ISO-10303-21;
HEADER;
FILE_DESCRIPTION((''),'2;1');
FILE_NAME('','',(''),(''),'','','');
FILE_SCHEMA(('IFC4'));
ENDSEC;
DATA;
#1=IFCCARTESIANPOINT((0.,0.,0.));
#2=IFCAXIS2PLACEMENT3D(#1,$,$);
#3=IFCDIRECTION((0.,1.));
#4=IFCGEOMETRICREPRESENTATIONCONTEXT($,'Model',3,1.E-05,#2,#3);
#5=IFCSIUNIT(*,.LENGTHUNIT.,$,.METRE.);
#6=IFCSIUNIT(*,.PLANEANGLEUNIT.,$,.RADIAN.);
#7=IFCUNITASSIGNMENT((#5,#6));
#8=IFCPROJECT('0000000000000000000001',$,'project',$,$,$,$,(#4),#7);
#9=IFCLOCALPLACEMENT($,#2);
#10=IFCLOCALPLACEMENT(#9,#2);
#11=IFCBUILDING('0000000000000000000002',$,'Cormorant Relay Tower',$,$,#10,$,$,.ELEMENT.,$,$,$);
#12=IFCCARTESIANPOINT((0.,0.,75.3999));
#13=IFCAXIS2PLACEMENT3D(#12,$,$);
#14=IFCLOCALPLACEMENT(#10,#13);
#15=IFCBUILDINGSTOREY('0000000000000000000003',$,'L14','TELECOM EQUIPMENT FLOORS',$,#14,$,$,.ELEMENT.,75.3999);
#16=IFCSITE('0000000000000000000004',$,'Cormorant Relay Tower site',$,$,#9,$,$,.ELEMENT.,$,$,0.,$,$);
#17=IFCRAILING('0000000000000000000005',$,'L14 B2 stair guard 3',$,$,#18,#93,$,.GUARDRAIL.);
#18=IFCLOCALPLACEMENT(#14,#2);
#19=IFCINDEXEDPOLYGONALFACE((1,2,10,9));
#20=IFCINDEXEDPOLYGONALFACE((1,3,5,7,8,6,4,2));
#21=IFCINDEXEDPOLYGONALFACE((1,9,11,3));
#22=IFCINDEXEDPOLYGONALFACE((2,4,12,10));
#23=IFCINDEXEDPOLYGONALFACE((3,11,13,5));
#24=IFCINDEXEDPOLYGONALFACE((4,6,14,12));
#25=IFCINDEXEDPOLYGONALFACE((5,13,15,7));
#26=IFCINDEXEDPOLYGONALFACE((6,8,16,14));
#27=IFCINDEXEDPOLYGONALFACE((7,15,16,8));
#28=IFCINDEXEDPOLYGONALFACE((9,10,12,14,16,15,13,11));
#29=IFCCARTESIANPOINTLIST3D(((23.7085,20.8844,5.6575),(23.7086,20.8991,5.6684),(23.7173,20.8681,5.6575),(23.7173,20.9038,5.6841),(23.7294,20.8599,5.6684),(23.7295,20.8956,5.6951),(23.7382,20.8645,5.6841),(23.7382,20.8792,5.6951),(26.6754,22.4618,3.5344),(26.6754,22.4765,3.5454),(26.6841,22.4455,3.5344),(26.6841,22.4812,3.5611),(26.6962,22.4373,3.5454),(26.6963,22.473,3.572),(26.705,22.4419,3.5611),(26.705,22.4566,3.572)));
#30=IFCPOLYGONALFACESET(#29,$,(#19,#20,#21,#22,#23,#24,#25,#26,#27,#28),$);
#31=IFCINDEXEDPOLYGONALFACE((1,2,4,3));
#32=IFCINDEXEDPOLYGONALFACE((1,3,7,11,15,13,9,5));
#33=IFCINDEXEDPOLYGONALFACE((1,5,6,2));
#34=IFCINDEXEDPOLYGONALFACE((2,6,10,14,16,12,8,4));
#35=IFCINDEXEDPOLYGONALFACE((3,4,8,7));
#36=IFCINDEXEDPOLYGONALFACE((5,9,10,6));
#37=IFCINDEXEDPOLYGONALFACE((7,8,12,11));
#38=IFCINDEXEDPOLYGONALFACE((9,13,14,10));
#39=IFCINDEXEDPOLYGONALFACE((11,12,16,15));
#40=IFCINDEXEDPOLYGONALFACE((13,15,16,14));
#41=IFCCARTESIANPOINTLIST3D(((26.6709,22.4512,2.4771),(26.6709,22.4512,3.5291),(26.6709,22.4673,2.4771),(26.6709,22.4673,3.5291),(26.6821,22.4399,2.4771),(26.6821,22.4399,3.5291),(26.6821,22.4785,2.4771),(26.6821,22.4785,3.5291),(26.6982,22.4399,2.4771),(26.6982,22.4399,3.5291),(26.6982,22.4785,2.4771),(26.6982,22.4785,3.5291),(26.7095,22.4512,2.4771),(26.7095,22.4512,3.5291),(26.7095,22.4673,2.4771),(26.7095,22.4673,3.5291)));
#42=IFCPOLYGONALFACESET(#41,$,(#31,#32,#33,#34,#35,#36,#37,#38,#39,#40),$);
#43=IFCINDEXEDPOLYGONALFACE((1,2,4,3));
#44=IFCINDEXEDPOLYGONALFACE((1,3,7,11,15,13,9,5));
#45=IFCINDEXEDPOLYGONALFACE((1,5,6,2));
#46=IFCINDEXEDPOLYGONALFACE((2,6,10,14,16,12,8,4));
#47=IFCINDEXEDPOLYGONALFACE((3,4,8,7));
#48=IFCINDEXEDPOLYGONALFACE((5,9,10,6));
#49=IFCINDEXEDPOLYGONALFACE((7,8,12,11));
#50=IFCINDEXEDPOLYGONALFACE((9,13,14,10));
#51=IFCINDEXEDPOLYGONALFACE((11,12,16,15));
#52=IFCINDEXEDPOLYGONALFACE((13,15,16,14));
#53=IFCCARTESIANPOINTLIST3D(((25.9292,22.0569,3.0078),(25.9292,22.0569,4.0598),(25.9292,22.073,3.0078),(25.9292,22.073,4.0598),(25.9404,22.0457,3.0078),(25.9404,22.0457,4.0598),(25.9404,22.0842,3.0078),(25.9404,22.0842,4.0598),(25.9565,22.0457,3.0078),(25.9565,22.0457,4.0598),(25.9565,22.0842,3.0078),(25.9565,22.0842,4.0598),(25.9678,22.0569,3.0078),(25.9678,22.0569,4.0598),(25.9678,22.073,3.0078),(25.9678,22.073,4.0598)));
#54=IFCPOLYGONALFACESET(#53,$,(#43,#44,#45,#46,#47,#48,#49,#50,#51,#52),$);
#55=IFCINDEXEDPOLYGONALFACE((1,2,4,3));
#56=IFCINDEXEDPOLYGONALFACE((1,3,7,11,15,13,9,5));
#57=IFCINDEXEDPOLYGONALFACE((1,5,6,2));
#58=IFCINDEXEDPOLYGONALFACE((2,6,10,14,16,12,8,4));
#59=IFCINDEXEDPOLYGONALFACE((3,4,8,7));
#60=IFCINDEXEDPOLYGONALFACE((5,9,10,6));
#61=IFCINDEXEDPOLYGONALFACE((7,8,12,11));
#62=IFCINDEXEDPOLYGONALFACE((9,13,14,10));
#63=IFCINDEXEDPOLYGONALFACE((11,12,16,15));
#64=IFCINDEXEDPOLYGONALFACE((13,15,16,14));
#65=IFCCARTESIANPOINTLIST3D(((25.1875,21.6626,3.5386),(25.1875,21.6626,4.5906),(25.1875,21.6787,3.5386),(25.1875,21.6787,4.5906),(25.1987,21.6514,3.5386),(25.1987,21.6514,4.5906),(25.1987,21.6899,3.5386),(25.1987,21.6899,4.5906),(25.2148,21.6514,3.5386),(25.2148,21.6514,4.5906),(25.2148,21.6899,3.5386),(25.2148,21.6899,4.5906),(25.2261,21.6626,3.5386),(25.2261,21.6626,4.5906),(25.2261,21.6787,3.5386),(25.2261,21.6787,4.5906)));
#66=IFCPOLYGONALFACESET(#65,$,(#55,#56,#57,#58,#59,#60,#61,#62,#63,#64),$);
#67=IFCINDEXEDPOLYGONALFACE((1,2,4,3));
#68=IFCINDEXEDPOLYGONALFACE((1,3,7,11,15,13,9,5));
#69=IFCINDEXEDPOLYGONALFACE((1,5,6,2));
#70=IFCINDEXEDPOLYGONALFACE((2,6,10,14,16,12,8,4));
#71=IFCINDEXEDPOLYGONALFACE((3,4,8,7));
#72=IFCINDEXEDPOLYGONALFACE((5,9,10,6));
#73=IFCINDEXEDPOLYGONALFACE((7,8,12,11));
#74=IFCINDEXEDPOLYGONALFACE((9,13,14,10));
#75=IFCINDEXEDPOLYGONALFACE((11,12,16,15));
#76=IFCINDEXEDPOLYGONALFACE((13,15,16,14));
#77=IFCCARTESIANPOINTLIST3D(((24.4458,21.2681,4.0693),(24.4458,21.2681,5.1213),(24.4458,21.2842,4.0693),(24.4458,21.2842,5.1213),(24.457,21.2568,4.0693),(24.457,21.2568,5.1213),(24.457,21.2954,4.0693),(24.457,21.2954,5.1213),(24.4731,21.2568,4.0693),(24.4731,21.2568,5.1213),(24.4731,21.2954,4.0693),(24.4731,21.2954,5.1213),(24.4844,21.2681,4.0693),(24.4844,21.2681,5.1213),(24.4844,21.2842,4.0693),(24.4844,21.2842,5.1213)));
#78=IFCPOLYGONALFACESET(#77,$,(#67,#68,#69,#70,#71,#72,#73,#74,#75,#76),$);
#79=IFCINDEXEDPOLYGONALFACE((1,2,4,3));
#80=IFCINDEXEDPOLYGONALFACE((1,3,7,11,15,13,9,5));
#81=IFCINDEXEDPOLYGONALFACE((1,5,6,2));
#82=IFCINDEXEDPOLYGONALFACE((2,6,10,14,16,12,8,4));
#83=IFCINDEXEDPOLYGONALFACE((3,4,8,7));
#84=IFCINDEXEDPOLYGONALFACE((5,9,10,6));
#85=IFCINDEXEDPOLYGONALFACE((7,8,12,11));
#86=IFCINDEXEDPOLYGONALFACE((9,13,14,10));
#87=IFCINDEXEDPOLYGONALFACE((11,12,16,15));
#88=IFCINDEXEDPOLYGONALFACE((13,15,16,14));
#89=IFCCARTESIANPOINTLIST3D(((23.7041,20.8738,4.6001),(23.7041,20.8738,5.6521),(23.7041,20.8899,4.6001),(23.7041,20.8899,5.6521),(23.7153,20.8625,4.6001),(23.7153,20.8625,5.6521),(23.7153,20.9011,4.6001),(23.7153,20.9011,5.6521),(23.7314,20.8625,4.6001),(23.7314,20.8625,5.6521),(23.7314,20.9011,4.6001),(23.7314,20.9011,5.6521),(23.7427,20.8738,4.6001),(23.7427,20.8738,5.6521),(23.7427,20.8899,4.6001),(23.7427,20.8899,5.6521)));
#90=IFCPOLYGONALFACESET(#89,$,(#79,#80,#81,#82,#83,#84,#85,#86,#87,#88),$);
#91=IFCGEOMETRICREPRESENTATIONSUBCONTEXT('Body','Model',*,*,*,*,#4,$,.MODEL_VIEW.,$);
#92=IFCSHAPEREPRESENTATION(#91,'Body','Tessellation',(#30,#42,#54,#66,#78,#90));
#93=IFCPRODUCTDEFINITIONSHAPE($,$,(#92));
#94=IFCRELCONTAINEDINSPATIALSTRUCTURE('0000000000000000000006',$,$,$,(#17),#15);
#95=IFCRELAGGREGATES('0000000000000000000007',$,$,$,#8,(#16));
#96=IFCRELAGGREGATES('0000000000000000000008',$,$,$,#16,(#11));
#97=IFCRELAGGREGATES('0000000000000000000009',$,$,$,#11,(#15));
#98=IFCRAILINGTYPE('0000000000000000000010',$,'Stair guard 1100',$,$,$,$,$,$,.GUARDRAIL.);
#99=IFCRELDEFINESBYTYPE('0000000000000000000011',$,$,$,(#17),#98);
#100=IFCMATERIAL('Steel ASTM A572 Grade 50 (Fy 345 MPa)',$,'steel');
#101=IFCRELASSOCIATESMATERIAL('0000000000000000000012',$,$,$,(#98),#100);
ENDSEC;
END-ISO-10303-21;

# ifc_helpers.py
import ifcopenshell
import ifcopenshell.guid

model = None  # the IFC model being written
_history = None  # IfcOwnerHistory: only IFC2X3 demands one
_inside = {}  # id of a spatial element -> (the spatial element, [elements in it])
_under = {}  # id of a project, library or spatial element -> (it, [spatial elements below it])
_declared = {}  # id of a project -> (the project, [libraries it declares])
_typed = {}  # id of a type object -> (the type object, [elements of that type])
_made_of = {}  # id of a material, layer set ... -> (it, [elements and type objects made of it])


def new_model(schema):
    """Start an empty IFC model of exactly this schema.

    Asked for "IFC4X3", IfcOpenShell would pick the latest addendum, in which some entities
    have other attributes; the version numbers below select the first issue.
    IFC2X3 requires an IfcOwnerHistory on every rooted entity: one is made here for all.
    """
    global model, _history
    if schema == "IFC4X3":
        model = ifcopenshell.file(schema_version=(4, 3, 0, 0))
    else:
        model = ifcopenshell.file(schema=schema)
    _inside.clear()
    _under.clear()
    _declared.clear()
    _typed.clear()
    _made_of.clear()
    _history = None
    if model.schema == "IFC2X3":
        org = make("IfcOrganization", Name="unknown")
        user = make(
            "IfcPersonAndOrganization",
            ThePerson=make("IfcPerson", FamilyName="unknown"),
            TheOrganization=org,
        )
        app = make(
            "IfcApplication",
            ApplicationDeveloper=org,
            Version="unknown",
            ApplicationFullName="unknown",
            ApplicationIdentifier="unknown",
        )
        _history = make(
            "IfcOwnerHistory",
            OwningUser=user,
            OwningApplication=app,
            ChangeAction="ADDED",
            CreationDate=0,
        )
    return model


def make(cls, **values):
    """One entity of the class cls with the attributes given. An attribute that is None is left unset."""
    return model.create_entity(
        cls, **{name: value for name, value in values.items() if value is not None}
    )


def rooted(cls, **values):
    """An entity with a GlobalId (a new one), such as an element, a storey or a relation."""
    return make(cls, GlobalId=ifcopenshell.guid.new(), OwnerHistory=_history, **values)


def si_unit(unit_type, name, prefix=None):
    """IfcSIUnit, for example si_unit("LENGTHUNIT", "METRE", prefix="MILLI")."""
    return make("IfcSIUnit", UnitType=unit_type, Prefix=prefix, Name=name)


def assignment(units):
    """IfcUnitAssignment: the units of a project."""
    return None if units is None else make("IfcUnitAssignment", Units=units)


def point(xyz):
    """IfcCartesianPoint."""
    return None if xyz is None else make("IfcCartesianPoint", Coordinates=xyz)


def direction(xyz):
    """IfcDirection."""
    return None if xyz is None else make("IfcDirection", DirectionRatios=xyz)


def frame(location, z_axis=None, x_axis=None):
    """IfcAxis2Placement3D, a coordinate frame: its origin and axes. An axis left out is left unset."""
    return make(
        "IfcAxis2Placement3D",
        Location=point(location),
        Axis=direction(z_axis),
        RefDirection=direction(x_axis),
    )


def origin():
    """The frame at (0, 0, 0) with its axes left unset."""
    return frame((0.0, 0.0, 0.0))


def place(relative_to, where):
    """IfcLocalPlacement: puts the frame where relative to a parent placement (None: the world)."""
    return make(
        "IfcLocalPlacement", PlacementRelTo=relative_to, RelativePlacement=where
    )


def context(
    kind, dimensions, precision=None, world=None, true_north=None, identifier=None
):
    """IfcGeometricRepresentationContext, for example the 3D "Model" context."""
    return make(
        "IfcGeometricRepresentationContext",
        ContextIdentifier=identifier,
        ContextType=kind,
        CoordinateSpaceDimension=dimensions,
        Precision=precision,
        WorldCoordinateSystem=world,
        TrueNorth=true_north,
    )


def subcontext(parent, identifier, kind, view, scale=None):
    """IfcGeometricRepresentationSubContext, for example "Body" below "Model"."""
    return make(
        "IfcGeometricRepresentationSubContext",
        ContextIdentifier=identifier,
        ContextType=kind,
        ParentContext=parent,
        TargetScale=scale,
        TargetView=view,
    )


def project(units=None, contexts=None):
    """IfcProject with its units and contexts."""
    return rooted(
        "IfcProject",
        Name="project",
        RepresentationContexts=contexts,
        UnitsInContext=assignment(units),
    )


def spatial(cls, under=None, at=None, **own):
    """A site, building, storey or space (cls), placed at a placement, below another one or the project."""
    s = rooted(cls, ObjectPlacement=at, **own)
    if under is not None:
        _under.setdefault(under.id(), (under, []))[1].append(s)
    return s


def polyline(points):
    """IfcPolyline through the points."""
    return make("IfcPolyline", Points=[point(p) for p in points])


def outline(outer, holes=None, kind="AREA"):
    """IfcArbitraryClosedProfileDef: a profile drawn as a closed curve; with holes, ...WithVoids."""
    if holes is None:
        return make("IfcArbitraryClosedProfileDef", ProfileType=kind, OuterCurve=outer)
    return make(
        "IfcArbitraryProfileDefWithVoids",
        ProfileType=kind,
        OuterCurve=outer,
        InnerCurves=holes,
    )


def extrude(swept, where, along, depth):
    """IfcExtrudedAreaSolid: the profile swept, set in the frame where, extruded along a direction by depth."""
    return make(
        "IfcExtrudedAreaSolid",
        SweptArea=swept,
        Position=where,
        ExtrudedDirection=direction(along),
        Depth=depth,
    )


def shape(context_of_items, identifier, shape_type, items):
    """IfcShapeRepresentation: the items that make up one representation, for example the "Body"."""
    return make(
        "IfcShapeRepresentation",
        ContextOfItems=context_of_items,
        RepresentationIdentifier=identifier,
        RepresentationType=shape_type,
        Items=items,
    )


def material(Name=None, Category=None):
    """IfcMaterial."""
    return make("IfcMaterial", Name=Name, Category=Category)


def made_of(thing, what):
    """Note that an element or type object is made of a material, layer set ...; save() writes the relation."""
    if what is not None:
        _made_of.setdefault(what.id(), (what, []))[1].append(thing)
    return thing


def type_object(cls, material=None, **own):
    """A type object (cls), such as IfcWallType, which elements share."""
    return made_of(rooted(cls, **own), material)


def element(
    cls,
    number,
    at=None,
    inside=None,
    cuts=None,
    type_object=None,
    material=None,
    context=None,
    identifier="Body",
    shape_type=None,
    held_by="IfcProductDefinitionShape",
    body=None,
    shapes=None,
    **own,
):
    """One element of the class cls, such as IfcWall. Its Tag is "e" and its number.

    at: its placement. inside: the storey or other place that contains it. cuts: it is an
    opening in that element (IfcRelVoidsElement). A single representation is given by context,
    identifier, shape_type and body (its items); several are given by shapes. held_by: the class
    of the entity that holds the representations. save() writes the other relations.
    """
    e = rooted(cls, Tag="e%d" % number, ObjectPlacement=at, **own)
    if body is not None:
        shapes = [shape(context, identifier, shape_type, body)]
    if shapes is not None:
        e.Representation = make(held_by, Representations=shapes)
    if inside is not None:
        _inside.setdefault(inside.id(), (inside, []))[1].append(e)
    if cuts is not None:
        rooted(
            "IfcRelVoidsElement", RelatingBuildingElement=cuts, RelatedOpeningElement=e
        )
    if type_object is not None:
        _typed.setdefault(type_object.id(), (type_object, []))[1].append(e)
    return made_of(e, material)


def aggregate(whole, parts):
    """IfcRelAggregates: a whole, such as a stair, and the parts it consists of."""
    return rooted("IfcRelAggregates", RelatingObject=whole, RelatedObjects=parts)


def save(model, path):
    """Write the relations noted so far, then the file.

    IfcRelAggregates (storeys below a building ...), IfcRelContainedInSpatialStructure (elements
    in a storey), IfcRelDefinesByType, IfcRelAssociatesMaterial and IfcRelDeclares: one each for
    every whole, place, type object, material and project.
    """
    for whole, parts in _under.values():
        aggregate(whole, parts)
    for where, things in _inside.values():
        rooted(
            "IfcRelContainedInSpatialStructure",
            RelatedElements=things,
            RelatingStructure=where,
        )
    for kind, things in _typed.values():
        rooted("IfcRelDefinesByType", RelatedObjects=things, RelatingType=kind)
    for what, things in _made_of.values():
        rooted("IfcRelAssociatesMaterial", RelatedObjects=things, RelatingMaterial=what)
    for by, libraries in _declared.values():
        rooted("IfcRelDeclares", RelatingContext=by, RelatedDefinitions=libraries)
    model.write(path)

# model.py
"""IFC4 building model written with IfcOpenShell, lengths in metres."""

from ifc_helpers import new_model, si_unit, direction, frame, origin, place, context, subcontext, project, spatial, polyline, outline, extrude, material, type_object, element, save


model = new_model("IFC4")

# Units and contexts
model_context = context("Model", 3, precision=1e-05, world=origin(), true_north=direction((0.0, 1.0)))
body_context = subcontext(model_context, "Body", "Model", "MODEL_VIEW")
ifc_project = project(units=[si_unit("LENGTHUNIT", "METRE"), si_unit("PLANEANGLEUNIT", "RADIAN")], contexts=[model_context])

# Site, building, storey
site_placement = place(None, origin())
site = spatial("IfcSite", under=ifc_project, at=site_placement, Name="Cormorant Relay Tower site", CompositionType="ELEMENT", RefElevation=0.0)
building_placement = place(site_placement, origin())
building = spatial("IfcBuilding", under=site, at=building_placement, Name="Cormorant Relay Tower", CompositionType="ELEMENT")
storey_placement = place(building_placement, frame((0.0, 0.0, 75.3999)))
storey = spatial("IfcBuildingStorey", under=building, at=storey_placement, Name="L14", Description="TELECOM EQUIPMENT FLOORS", CompositionType="ELEMENT", Elevation=75.3999)

# Railing
ifc_material_1 = material(Name="Steel ASTM A572 Grade 50 (Fy 345 MPa)", Category="steel")
railing_type = type_object("IfcRailingType", Name="Stair guard 1100", PredefinedType="GUARDRAIL", material=ifc_material_1)
railing_1_placement = place(storey_placement, frame((26.6902, 22.4592, 2.4771)))
element("IfcRailing", 1, at=railing_1_placement, inside=storey, type_object=railing_type, Name="L14 B2 stair guard 3", PredefinedType="GUARDRAIL", context=body_context, shape_type="SweptSolid", body=[
    extrude(outline(polyline([(0.0222, 0.0093), (0.0093, 0.0222), (-0.0093, 0.0222), (-0.0222, 0.0093), (-0.0222, -0.0093), (-0.0093, -0.0222), (0.0093, -0.0222), (0.0222, -0.0093), (0.0222, 0.0093)])), frame((0.0, 0.0, 1.0762), z_axis=(-0.746441, -0.396869, 0.534155), x_axis=(0.469453, -0.882958, 0.0)), (0.0, 0.0, 1.0), 3.9746),
    extrude(outline(polyline([(0.0193, 0.0081), (0.0081, 0.0193), (-0.0081, 0.0193), (-0.0193, 0.0081), (-0.0193, -0.0081), (-0.0081, -0.0193), (0.0081, -0.0193), (0.0193, -0.0081), (0.0193, 0.0081)])), origin(), (0.0, 0.0, 1.0), 1.052),
    extrude(outline(polyline([(0.0193, 0.0081), (0.0081, 0.0193), (-0.0081, 0.0193), (-0.0193, 0.0081), (-0.0193, -0.0081), (-0.0081, -0.0193), (0.0081, -0.0193), (0.0193, -0.0081), (0.0193, 0.0081)])), frame((-0.7417, -0.3943, 0.5308)), (0.0, 0.0, 1.0), 1.052),
    extrude(outline(polyline([(0.0193, 0.0081), (0.0081, 0.0193), (-0.0081, 0.0193), (-0.0193, 0.0081), (-0.0193, -0.0081), (-0.0081, -0.0193), (0.0081, -0.0193), (0.0193, -0.0081), (0.0193, 0.0081)])), frame((-1.4834, -0.7886, 1.0615)), (0.0, 0.0, 1.0), 1.052),
    extrude(outline(polyline([(0.0193, 0.0081), (0.0081, 0.0193), (-0.0081, 0.0193), (-0.0193, 0.0081), (-0.0193, -0.0081), (-0.0081, -0.0193), (0.0081, -0.0193), (0.0193, -0.0081), (0.0193, 0.0081)])), frame((-2.2251, -1.1831, 1.5923)), (0.0, 0.0, 1.0), 1.052),
    extrude(outline(polyline([(0.0193, 0.0081), (0.0081, 0.0193), (-0.0081, 0.0193), (-0.0193, 0.0081), (-0.0193, -0.0081), (-0.0081, -0.0193), (0.0081, -0.0193), (0.0193, -0.0081), (0.0193, 0.0081)])), frame((-2.9668, -1.5774, 2.123)), (0.0, 0.0, 1.0), 1.052),
])

save(model, "model.ifc")
